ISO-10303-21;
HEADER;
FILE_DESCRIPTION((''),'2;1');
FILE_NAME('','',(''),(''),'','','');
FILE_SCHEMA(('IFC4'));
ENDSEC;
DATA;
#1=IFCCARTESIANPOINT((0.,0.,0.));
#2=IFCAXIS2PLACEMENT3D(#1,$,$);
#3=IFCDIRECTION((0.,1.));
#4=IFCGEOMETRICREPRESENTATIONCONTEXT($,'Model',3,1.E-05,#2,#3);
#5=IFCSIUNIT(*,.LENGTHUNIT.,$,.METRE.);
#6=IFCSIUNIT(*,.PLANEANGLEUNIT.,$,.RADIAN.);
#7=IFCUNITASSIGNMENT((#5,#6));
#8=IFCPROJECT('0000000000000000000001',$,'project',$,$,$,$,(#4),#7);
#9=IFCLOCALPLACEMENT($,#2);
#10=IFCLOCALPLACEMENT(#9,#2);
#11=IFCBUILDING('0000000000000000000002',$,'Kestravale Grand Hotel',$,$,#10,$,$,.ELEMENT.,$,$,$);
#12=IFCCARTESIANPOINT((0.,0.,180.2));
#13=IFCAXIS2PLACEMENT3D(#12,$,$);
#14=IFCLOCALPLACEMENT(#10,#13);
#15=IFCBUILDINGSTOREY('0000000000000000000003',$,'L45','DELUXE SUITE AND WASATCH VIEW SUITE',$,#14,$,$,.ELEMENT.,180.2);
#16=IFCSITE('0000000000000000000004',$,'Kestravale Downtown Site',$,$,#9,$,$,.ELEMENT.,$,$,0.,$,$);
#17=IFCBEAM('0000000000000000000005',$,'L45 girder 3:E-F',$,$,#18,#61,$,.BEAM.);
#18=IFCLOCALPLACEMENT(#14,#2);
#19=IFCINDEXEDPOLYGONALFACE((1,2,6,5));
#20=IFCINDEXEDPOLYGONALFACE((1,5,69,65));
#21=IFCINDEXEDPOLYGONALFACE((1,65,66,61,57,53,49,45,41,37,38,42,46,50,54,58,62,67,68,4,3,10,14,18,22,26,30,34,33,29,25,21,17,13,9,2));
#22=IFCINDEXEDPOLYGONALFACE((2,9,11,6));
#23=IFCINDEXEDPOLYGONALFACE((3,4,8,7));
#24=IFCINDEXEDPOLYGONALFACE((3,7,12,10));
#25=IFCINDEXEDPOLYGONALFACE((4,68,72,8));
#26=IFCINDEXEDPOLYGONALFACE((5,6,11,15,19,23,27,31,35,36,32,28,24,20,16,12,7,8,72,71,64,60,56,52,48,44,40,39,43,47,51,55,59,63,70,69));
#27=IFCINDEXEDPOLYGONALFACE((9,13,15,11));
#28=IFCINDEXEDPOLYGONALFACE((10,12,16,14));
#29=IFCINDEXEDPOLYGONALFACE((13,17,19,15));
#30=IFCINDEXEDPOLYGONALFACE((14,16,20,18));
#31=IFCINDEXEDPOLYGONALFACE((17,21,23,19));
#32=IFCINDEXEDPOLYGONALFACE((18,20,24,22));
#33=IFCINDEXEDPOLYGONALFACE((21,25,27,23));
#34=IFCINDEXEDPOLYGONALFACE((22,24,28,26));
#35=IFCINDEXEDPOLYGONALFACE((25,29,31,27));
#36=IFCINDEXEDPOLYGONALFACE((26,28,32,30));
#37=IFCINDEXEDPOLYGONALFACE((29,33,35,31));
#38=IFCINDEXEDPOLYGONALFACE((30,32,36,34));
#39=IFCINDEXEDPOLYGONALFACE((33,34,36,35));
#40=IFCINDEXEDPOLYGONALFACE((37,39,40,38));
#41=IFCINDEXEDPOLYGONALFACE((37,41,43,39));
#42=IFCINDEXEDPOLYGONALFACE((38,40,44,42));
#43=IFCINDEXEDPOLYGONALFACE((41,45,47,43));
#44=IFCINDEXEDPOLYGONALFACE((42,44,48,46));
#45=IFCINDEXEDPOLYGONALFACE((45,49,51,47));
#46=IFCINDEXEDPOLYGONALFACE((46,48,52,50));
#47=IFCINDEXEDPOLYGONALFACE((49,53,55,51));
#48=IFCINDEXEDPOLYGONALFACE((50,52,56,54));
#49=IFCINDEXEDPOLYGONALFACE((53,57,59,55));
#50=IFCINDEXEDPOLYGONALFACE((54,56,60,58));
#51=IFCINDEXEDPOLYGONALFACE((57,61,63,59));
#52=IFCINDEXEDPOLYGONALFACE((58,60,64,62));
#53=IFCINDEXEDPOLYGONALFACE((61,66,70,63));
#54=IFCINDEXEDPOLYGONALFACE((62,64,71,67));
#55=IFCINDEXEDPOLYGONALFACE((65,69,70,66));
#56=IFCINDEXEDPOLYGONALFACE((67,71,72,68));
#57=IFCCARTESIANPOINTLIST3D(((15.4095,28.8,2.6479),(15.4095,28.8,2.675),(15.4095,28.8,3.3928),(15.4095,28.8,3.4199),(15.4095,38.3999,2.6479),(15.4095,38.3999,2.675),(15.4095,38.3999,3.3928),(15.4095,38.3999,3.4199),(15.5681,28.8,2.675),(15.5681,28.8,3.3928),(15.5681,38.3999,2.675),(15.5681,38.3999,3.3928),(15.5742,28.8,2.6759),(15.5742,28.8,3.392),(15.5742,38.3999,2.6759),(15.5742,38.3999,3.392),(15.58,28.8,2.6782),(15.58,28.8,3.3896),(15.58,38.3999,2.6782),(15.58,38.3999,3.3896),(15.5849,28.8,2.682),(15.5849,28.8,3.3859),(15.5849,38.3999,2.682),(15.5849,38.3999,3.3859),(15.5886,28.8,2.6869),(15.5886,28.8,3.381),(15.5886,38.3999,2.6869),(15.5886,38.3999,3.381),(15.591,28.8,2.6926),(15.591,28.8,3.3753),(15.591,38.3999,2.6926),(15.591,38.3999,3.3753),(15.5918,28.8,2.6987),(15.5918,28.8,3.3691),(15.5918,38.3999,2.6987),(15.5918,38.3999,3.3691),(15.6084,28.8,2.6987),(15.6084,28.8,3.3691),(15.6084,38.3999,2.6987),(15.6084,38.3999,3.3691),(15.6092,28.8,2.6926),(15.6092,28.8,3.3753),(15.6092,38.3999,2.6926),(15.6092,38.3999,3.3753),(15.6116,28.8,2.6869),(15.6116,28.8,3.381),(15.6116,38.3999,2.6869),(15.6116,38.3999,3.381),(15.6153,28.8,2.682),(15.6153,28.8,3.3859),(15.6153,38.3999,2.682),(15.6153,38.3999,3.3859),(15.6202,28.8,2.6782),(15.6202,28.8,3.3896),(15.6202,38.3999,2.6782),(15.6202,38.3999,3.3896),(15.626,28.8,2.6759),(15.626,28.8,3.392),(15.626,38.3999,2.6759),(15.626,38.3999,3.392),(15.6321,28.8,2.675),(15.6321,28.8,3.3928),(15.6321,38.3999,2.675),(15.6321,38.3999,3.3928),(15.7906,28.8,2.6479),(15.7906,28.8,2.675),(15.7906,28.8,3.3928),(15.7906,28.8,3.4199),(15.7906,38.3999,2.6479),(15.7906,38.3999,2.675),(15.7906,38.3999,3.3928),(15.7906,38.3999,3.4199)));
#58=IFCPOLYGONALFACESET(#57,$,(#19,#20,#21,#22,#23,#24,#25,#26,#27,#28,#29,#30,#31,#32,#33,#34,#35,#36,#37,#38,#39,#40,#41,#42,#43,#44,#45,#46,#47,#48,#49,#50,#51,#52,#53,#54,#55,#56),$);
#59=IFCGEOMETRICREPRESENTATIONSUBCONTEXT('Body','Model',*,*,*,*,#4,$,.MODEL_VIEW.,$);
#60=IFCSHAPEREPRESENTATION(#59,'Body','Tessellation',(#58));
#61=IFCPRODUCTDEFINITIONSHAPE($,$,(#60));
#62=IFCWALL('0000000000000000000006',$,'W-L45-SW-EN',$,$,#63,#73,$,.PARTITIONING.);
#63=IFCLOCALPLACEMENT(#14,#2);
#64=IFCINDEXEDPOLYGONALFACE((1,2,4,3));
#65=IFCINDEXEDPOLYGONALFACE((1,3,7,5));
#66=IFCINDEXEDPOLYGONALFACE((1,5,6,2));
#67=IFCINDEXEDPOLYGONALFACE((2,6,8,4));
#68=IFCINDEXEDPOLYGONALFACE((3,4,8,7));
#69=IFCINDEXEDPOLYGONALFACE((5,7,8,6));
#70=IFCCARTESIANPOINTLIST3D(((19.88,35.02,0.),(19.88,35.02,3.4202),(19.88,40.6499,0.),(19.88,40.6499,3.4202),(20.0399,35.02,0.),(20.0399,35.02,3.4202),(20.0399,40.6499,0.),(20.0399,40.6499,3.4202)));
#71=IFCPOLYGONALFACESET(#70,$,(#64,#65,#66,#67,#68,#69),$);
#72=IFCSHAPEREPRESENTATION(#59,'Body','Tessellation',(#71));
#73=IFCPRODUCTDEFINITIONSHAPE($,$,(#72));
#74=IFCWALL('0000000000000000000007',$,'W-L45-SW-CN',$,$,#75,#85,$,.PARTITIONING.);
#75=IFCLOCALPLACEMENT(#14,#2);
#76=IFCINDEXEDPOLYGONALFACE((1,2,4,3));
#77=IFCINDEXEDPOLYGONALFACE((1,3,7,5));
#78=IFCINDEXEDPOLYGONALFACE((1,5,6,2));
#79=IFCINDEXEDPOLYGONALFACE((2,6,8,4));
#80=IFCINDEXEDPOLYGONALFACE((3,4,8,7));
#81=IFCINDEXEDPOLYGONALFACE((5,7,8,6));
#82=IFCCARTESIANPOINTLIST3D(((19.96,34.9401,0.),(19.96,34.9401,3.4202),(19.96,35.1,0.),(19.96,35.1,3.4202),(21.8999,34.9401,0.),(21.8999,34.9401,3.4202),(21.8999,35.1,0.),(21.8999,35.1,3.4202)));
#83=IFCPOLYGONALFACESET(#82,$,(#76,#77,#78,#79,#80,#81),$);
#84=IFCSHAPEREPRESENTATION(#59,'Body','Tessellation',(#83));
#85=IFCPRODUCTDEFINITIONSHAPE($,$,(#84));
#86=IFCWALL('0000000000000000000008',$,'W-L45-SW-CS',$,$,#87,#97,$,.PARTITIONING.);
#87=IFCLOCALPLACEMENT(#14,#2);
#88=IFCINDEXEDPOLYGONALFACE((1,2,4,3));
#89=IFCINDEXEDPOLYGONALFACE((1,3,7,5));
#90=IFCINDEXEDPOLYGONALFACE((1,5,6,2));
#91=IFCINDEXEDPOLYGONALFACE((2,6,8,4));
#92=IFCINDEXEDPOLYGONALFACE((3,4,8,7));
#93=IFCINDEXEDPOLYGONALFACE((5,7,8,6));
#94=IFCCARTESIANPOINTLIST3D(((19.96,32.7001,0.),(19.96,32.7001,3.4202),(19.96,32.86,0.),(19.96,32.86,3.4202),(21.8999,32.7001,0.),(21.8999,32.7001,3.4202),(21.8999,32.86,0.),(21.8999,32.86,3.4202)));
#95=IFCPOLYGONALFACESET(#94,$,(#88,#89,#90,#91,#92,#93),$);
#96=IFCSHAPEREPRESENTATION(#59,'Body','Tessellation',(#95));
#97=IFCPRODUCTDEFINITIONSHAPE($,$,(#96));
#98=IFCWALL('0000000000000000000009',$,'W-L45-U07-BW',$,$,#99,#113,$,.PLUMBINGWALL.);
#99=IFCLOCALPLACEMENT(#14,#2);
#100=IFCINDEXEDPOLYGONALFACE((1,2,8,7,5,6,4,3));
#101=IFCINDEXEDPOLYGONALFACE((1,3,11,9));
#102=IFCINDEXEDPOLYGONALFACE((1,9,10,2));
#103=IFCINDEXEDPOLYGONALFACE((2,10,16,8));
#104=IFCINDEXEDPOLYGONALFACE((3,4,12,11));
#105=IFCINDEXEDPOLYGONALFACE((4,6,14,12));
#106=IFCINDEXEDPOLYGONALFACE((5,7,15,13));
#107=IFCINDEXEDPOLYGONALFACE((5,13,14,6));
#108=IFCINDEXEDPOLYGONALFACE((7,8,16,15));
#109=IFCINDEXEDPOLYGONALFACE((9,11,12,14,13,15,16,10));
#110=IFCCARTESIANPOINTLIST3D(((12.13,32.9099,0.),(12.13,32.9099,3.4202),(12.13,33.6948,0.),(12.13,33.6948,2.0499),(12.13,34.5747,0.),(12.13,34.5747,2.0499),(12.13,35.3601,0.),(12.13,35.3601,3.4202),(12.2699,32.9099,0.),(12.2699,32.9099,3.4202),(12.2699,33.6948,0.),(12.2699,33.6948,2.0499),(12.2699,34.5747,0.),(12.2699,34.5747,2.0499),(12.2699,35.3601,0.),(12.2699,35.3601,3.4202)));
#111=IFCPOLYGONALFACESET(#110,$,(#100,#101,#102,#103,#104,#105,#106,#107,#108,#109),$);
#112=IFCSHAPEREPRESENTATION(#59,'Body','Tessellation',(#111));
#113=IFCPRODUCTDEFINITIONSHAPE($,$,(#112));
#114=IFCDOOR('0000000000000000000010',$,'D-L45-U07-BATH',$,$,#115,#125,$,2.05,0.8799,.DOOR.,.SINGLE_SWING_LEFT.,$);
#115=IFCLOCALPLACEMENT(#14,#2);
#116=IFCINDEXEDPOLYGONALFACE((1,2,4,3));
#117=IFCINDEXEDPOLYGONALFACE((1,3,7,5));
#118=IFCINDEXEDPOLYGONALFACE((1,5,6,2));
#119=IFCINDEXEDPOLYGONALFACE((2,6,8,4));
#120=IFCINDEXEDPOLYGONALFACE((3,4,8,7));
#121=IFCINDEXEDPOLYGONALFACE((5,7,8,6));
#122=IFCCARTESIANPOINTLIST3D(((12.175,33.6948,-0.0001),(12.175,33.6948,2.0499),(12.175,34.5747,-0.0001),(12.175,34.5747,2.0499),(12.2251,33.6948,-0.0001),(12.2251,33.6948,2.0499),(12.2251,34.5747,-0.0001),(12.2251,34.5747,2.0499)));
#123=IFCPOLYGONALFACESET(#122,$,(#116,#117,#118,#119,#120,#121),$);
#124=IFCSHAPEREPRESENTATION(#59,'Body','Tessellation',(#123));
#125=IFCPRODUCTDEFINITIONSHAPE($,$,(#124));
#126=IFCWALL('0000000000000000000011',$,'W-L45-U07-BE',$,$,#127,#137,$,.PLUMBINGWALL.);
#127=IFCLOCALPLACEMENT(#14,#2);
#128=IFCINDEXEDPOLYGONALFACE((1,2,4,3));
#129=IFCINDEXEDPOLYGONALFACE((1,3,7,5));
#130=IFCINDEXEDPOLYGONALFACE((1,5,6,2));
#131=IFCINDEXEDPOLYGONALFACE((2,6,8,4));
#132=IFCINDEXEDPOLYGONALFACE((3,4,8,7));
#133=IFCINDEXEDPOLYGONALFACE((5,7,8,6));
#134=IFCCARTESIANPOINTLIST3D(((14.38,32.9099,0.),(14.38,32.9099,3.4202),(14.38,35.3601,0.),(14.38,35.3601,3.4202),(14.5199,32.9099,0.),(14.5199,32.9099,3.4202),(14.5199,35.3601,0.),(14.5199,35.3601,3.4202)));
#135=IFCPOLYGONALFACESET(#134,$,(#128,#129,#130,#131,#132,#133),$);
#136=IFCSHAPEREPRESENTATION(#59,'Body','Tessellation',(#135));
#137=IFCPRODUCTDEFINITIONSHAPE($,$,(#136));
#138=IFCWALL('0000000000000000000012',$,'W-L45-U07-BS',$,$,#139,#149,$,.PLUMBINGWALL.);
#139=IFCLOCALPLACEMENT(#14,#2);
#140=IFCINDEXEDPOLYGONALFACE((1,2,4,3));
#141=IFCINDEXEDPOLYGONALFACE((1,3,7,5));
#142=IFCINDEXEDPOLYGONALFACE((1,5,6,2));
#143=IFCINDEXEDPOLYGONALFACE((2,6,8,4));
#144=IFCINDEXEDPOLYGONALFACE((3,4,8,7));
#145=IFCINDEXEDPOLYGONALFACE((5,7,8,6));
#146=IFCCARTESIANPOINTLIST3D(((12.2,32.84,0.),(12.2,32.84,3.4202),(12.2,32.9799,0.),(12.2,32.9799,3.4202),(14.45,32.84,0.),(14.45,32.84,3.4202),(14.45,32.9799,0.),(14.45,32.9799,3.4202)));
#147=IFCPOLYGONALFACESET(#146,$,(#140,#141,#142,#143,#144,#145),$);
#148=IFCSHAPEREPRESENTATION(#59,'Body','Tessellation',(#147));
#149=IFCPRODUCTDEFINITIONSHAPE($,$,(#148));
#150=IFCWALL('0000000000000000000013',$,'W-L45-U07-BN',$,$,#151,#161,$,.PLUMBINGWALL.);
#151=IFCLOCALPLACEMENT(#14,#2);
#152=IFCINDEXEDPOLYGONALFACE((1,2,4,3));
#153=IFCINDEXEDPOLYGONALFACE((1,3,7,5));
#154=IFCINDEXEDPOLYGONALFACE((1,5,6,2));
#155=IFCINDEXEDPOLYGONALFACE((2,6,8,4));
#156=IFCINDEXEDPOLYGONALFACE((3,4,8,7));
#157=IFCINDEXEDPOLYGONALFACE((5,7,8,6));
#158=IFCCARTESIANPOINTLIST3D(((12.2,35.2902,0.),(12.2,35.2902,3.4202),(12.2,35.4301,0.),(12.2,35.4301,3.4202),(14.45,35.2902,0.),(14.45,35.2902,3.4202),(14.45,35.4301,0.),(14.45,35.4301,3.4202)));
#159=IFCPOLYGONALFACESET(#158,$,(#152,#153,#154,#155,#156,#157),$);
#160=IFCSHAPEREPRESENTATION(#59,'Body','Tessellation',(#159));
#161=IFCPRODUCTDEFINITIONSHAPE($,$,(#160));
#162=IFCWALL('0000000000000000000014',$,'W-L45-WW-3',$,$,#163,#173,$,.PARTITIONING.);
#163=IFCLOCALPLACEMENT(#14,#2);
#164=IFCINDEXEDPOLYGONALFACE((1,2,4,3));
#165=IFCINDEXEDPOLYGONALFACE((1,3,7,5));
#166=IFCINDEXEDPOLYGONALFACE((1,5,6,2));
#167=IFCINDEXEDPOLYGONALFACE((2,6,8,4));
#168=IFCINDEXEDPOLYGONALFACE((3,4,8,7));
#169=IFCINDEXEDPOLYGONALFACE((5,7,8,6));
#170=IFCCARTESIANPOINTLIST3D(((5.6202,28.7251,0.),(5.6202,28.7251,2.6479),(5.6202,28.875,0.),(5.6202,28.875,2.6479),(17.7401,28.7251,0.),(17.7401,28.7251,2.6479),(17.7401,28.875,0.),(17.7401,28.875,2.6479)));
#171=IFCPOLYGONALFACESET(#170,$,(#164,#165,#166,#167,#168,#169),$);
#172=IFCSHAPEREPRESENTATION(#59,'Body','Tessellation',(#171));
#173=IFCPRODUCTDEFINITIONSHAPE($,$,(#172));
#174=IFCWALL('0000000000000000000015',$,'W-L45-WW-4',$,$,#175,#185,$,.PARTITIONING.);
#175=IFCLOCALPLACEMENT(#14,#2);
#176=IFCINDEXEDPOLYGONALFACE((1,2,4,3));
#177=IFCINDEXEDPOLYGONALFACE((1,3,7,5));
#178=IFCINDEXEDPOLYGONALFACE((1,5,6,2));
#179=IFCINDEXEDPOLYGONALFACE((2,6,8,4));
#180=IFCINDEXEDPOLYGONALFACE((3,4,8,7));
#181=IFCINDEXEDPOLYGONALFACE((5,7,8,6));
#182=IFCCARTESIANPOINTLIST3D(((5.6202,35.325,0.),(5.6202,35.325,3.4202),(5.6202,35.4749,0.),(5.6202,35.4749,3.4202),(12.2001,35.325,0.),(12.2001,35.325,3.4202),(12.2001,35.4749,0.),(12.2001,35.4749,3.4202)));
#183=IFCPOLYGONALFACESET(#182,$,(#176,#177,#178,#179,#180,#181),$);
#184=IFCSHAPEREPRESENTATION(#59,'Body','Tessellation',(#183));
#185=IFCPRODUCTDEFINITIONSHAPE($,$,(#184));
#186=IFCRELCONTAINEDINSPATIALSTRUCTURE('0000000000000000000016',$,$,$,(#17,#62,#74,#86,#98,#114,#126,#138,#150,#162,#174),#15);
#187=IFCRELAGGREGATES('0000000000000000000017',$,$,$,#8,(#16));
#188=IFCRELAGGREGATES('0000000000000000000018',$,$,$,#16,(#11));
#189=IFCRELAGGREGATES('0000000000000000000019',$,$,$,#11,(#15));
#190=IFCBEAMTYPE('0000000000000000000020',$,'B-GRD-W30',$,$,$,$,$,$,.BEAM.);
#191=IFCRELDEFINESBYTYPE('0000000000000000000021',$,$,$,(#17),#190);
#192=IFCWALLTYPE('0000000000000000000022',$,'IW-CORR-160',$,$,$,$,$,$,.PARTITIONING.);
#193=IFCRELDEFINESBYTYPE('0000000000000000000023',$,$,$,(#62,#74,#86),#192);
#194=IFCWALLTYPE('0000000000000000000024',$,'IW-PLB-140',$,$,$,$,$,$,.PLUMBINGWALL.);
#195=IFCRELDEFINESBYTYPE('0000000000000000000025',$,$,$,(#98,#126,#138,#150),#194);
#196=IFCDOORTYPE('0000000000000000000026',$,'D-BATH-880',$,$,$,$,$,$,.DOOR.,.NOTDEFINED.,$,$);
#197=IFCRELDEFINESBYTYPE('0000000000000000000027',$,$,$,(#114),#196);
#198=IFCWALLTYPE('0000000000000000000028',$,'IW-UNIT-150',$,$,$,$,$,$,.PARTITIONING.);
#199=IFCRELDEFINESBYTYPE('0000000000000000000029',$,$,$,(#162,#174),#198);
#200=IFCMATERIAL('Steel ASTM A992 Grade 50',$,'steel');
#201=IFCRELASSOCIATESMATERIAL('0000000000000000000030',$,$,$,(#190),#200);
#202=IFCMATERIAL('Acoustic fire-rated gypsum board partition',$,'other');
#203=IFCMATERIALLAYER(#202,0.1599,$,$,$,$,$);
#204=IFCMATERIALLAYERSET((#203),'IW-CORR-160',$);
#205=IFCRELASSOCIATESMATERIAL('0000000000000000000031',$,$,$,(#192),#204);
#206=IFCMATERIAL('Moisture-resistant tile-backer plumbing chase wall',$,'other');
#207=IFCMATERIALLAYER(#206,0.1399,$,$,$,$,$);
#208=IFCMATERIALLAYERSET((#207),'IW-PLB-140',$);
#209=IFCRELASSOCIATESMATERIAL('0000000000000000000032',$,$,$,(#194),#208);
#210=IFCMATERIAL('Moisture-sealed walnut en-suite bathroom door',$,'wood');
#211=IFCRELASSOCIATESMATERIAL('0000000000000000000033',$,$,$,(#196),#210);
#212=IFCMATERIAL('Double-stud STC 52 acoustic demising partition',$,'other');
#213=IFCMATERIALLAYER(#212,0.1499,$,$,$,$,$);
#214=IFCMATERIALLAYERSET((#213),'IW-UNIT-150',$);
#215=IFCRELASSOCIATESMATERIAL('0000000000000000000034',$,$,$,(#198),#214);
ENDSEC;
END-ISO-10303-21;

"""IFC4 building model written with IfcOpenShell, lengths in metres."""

from ifc_helpers import new_model, si_unit, direction, frame, frame_2d, origin, origin_2d, place, context, subcontext, project, spatial, rectangle, i_section, extrude, material, layer, layer_set, material_profile, profile_set, type_object, element, fill, save


model = new_model("IFC4")

# Units and contexts
model_context = context("Model", 3, precision=1e-05, world=origin(), true_north=direction((0.0, 1.0)))
body_context = subcontext(model_context, "Body", "Model", "MODEL_VIEW")
ifc_project = project(units=[si_unit("LENGTHUNIT", "METRE"), si_unit("PLANEANGLEUNIT", "RADIAN")], contexts=[model_context])

# Site, building, storey
site_placement = place(None, origin())
site = spatial("IfcSite", under=ifc_project, at=site_placement, Name="Kestravale Downtown Site", CompositionType="ELEMENT", RefElevation=0.0)
building_placement = place(site_placement, origin())
building = spatial("IfcBuilding", under=site, at=building_placement, Name="Kestravale Grand Hotel", CompositionType="ELEMENT")
storey_placement = place(building_placement, frame((0.0, 0.0, 180.2)))
storey = spatial("IfcBuildingStorey", under=building, at=storey_placement, Name="L45", Description="DELUXE SUITE AND WASATCH VIEW SUITE", CompositionType="ELEMENT", Elevation=180.2)

# Beam
ifc_material_1 = material(Name="Steel ASTM A992 Grade 50", Category="steel")
ifc_material_profile_1 = material_profile(ifc_material_1, i_section(OverallWidth=0.3811, OverallDepth=0.772, WebThickness=0.0166, FlangeThickness=0.0271, FilletRadius=0.0237, at=origin_2d()))
ifc_profile_set_1 = profile_set([ifc_material_profile_1], Name="Steel ASTM A992 Grade 50")
beam_type_1 = type_object("IfcBeamType", Name="B-GRD-W30", PredefinedType="BEAM", material=ifc_profile_set_1)
beam_1_placement = place(storey_placement, frame((15.6001, 28.8, 3.0339), z_axis=(0.0, 1.0, 0.0), x_axis=(-1.0, 0.0, 0.0)))
element("IfcBeam", 1, at=beam_1_placement, inside=storey, type_object=beam_type_1, Name="L45 girder 3:E-F", PredefinedType="BEAM", context=body_context, shape_type="SweptSolid", body=[
    extrude(i_section(OverallWidth=0.3811, OverallDepth=0.772, WebThickness=0.0166, FlangeThickness=0.0271, FilletRadius=0.0237, at=origin_2d()), origin(), (0.0, 0.0, 1.0), 9.5999),
])

# Walls
ifc_material_2 = material(Name="Acoustic fire-rated gypsum board partition", Category="other")
ifc_layer_1 = layer(ifc_material_2, 0.1599)
ifc_layer_set_1 = layer_set([ifc_layer_1], Name="IW-CORR-160")
wall_type_1 = type_object("IfcWallType", Name="IW-CORR-160", PredefinedType="PARTITIONING", material=ifc_layer_set_1)
wall_1_placement = place(storey_placement, frame((19.96, 35.02, 0.0), z_axis=(0.0, 0.0, 1.0), x_axis=(0.0, 1.0, 0.0)))
element("IfcWall", 2, at=wall_1_placement, inside=storey, type_object=wall_type_1, Name="W-L45-SW-EN", PredefinedType="PARTITIONING", context=body_context, shape_type="SweptSolid", body=[
    extrude(rectangle(XDim=5.6299, YDim=0.1599, at=frame_2d((2.8149, 0.0))), origin(), (0.0, 0.0, 1.0), 3.4202),
])
for number, where, z_axis, x_axis, name in (
    (3, (19.96, 35.02, 0.0), (0.0, 0.0, 1.0), (1.0, 0.0, 0.0), "W-L45-SW-CN"),
    (4, (19.96, 32.78, 0.0), (0.0, 0.0, 1.0), (1.0, 0.0, 0.0), "W-L45-SW-CS"),
):
    element("IfcWall", number, at=place(storey_placement, frame(where, z_axis=z_axis, x_axis=x_axis)), inside=storey, type_object=wall_type_1, Name=name, PredefinedType="PARTITIONING", context=body_context, shape_type="SweptSolid", body=[
        extrude(rectangle(XDim=1.9399, YDim=0.1599, at=frame_2d((0.97, 0.0))), origin(), (0.0, 0.0, 1.0), 3.4202),
    ])

# Wall, opening, door
ifc_material_3 = material(Name="Moisture-resistant tile-backer plumbing chase wall", Category="other")
ifc_layer_2 = layer(ifc_material_3, 0.1399)
ifc_layer_set_2 = layer_set([ifc_layer_2], Name="IW-PLB-140")
wall_type_2 = type_object("IfcWallType", Name="IW-PLB-140", PredefinedType="PLUMBINGWALL", material=ifc_layer_set_2)
wall_2_placement = place(storey_placement, frame((12.2, 32.9099, 0.0), z_axis=(0.0, 0.0, 1.0), x_axis=(0.0, 1.0, 0.0)))
wall_2 = element("IfcWall", 5, at=wall_2_placement, inside=storey, type_object=wall_type_2, Name="W-L45-U07-BW", PredefinedType="PLUMBINGWALL", context=body_context, shape_type="SweptSolid", body=[
    extrude(rectangle(XDim=2.4502, YDim=0.1399, at=frame_2d((1.2251, 0.0))), origin(), (0.0, 0.0, 1.0), 3.4202),
])
opening_placement = place(wall_2_placement, frame((0.7849, 0.0, 0.0)))
opening = element("IfcOpeningElement", 6, at=opening_placement, cuts=wall_2, PredefinedType="OPENING", context=body_context, shape_type="SweptSolid", body=[
    extrude(rectangle(XDim=0.8799, YDim=2.05, at=frame_2d((0.4399, 1.0249))), frame((0.0, 0.0798, 0.0), z_axis=(0.0, -1.0, 0.0), x_axis=(1.0, 0.0, 0.0)), (0.0, 0.0, 1.0), 0.1599),
])
ifc_material_4 = material(Name="Moisture-sealed walnut en-suite bathroom door", Category="wood")
door_type = type_object("IfcDoorType", Name="D-BATH-880", OperationType="NOTDEFINED", PredefinedType="DOOR", material=ifc_material_4)
door_placement = place(opening_placement, origin())
door = element("IfcDoor", 7, at=door_placement, inside=storey, type_object=door_type, Name="D-L45-U07-BATH", OperationType="SINGLE_SWING_LEFT", OverallHeight=2.05, OverallWidth=0.8799, PredefinedType="DOOR", context=body_context, shape_type="SweptSolid", body=[
    extrude(rectangle(XDim=0.8799, YDim=2.05, at=frame_2d((0.4399, 1.0249))), frame((0.0, 0.0249, 0.0), z_axis=(0.0, -1.0, 0.0), x_axis=(1.0, 0.0, 0.0)), (0.0, 0.0, 1.0), 0.05),
])
fill(opening, door)

# Walls
wall_3_placement = place(storey_placement, frame((14.45, 32.9099, 0.0), z_axis=(0.0, 0.0, 1.0), x_axis=(0.0, 1.0, 0.0)))
element("IfcWall", 8, at=wall_3_placement, inside=storey, type_object=wall_type_2, Name="W-L45-U07-BE", PredefinedType="PLUMBINGWALL", context=body_context, shape_type="SweptSolid", body=[
    extrude(rectangle(XDim=2.4502, YDim=0.1399, at=frame_2d((1.2251, 0.0))), origin(), (0.0, 0.0, 1.0), 3.4202),
])
for number, where, z_axis, x_axis, name in (
    (9, (12.2, 32.9099, 0.0), (0.0, 0.0, 1.0), (1.0, 0.0, 0.0), "W-L45-U07-BS"),
    (10, (12.2, 35.3601, 0.0), (0.0, 0.0, 1.0), (1.0, 0.0, 0.0), "W-L45-U07-BN"),
):
    element("IfcWall", number, at=place(storey_placement, frame(where, z_axis=z_axis, x_axis=x_axis)), inside=storey, type_object=wall_type_2, Name=name, PredefinedType="PLUMBINGWALL", context=body_context, shape_type="SweptSolid", body=[
        extrude(rectangle(XDim=2.25, YDim=0.1399, at=frame_2d((1.125, 0.0))), origin(), (0.0, 0.0, 1.0), 3.4202),
    ])
ifc_material_5 = material(Name="Double-stud STC 52 acoustic demising partition", Category="other")
ifc_layer_3 = layer(ifc_material_5, 0.1499)
ifc_layer_set_3 = layer_set([ifc_layer_3], Name="IW-UNIT-150")
wall_type_3 = type_object("IfcWallType", Name="IW-UNIT-150", PredefinedType="PARTITIONING", material=ifc_layer_set_3)
wall_4_placement = place(storey_placement, frame((5.6201, 28.8, 0.0), z_axis=(0.0, 0.0, 1.0), x_axis=(1.0, 0.0, 0.0)))
element("IfcWall", 11, at=wall_4_placement, inside=storey, type_object=wall_type_3, Name="W-L45-WW-3", PredefinedType="PARTITIONING", context=body_context, shape_type="SweptSolid", body=[
    extrude(rectangle(XDim=12.1199, YDim=0.1499, at=frame_2d((6.0601, 0.0))), origin(), (0.0, 0.0, 1.0), 2.6479),
])
wall_5_placement = place(storey_placement, frame((5.6201, 35.3999, 0.0), z_axis=(0.0, 0.0, 1.0), x_axis=(1.0, 0.0, 0.0)))
element("IfcWall", 12, at=wall_5_placement, inside=storey, type_object=wall_type_3, Name="W-L45-WW-4", PredefinedType="PARTITIONING", context=body_context, shape_type="SweptSolid", body=[
    extrude(rectangle(XDim=6.5798, YDim=0.1499, at=frame_2d((3.29, 0.0))), origin(), (0.0, 0.0, 1.0), 3.4202),
])

save(model, "model.ifc")
